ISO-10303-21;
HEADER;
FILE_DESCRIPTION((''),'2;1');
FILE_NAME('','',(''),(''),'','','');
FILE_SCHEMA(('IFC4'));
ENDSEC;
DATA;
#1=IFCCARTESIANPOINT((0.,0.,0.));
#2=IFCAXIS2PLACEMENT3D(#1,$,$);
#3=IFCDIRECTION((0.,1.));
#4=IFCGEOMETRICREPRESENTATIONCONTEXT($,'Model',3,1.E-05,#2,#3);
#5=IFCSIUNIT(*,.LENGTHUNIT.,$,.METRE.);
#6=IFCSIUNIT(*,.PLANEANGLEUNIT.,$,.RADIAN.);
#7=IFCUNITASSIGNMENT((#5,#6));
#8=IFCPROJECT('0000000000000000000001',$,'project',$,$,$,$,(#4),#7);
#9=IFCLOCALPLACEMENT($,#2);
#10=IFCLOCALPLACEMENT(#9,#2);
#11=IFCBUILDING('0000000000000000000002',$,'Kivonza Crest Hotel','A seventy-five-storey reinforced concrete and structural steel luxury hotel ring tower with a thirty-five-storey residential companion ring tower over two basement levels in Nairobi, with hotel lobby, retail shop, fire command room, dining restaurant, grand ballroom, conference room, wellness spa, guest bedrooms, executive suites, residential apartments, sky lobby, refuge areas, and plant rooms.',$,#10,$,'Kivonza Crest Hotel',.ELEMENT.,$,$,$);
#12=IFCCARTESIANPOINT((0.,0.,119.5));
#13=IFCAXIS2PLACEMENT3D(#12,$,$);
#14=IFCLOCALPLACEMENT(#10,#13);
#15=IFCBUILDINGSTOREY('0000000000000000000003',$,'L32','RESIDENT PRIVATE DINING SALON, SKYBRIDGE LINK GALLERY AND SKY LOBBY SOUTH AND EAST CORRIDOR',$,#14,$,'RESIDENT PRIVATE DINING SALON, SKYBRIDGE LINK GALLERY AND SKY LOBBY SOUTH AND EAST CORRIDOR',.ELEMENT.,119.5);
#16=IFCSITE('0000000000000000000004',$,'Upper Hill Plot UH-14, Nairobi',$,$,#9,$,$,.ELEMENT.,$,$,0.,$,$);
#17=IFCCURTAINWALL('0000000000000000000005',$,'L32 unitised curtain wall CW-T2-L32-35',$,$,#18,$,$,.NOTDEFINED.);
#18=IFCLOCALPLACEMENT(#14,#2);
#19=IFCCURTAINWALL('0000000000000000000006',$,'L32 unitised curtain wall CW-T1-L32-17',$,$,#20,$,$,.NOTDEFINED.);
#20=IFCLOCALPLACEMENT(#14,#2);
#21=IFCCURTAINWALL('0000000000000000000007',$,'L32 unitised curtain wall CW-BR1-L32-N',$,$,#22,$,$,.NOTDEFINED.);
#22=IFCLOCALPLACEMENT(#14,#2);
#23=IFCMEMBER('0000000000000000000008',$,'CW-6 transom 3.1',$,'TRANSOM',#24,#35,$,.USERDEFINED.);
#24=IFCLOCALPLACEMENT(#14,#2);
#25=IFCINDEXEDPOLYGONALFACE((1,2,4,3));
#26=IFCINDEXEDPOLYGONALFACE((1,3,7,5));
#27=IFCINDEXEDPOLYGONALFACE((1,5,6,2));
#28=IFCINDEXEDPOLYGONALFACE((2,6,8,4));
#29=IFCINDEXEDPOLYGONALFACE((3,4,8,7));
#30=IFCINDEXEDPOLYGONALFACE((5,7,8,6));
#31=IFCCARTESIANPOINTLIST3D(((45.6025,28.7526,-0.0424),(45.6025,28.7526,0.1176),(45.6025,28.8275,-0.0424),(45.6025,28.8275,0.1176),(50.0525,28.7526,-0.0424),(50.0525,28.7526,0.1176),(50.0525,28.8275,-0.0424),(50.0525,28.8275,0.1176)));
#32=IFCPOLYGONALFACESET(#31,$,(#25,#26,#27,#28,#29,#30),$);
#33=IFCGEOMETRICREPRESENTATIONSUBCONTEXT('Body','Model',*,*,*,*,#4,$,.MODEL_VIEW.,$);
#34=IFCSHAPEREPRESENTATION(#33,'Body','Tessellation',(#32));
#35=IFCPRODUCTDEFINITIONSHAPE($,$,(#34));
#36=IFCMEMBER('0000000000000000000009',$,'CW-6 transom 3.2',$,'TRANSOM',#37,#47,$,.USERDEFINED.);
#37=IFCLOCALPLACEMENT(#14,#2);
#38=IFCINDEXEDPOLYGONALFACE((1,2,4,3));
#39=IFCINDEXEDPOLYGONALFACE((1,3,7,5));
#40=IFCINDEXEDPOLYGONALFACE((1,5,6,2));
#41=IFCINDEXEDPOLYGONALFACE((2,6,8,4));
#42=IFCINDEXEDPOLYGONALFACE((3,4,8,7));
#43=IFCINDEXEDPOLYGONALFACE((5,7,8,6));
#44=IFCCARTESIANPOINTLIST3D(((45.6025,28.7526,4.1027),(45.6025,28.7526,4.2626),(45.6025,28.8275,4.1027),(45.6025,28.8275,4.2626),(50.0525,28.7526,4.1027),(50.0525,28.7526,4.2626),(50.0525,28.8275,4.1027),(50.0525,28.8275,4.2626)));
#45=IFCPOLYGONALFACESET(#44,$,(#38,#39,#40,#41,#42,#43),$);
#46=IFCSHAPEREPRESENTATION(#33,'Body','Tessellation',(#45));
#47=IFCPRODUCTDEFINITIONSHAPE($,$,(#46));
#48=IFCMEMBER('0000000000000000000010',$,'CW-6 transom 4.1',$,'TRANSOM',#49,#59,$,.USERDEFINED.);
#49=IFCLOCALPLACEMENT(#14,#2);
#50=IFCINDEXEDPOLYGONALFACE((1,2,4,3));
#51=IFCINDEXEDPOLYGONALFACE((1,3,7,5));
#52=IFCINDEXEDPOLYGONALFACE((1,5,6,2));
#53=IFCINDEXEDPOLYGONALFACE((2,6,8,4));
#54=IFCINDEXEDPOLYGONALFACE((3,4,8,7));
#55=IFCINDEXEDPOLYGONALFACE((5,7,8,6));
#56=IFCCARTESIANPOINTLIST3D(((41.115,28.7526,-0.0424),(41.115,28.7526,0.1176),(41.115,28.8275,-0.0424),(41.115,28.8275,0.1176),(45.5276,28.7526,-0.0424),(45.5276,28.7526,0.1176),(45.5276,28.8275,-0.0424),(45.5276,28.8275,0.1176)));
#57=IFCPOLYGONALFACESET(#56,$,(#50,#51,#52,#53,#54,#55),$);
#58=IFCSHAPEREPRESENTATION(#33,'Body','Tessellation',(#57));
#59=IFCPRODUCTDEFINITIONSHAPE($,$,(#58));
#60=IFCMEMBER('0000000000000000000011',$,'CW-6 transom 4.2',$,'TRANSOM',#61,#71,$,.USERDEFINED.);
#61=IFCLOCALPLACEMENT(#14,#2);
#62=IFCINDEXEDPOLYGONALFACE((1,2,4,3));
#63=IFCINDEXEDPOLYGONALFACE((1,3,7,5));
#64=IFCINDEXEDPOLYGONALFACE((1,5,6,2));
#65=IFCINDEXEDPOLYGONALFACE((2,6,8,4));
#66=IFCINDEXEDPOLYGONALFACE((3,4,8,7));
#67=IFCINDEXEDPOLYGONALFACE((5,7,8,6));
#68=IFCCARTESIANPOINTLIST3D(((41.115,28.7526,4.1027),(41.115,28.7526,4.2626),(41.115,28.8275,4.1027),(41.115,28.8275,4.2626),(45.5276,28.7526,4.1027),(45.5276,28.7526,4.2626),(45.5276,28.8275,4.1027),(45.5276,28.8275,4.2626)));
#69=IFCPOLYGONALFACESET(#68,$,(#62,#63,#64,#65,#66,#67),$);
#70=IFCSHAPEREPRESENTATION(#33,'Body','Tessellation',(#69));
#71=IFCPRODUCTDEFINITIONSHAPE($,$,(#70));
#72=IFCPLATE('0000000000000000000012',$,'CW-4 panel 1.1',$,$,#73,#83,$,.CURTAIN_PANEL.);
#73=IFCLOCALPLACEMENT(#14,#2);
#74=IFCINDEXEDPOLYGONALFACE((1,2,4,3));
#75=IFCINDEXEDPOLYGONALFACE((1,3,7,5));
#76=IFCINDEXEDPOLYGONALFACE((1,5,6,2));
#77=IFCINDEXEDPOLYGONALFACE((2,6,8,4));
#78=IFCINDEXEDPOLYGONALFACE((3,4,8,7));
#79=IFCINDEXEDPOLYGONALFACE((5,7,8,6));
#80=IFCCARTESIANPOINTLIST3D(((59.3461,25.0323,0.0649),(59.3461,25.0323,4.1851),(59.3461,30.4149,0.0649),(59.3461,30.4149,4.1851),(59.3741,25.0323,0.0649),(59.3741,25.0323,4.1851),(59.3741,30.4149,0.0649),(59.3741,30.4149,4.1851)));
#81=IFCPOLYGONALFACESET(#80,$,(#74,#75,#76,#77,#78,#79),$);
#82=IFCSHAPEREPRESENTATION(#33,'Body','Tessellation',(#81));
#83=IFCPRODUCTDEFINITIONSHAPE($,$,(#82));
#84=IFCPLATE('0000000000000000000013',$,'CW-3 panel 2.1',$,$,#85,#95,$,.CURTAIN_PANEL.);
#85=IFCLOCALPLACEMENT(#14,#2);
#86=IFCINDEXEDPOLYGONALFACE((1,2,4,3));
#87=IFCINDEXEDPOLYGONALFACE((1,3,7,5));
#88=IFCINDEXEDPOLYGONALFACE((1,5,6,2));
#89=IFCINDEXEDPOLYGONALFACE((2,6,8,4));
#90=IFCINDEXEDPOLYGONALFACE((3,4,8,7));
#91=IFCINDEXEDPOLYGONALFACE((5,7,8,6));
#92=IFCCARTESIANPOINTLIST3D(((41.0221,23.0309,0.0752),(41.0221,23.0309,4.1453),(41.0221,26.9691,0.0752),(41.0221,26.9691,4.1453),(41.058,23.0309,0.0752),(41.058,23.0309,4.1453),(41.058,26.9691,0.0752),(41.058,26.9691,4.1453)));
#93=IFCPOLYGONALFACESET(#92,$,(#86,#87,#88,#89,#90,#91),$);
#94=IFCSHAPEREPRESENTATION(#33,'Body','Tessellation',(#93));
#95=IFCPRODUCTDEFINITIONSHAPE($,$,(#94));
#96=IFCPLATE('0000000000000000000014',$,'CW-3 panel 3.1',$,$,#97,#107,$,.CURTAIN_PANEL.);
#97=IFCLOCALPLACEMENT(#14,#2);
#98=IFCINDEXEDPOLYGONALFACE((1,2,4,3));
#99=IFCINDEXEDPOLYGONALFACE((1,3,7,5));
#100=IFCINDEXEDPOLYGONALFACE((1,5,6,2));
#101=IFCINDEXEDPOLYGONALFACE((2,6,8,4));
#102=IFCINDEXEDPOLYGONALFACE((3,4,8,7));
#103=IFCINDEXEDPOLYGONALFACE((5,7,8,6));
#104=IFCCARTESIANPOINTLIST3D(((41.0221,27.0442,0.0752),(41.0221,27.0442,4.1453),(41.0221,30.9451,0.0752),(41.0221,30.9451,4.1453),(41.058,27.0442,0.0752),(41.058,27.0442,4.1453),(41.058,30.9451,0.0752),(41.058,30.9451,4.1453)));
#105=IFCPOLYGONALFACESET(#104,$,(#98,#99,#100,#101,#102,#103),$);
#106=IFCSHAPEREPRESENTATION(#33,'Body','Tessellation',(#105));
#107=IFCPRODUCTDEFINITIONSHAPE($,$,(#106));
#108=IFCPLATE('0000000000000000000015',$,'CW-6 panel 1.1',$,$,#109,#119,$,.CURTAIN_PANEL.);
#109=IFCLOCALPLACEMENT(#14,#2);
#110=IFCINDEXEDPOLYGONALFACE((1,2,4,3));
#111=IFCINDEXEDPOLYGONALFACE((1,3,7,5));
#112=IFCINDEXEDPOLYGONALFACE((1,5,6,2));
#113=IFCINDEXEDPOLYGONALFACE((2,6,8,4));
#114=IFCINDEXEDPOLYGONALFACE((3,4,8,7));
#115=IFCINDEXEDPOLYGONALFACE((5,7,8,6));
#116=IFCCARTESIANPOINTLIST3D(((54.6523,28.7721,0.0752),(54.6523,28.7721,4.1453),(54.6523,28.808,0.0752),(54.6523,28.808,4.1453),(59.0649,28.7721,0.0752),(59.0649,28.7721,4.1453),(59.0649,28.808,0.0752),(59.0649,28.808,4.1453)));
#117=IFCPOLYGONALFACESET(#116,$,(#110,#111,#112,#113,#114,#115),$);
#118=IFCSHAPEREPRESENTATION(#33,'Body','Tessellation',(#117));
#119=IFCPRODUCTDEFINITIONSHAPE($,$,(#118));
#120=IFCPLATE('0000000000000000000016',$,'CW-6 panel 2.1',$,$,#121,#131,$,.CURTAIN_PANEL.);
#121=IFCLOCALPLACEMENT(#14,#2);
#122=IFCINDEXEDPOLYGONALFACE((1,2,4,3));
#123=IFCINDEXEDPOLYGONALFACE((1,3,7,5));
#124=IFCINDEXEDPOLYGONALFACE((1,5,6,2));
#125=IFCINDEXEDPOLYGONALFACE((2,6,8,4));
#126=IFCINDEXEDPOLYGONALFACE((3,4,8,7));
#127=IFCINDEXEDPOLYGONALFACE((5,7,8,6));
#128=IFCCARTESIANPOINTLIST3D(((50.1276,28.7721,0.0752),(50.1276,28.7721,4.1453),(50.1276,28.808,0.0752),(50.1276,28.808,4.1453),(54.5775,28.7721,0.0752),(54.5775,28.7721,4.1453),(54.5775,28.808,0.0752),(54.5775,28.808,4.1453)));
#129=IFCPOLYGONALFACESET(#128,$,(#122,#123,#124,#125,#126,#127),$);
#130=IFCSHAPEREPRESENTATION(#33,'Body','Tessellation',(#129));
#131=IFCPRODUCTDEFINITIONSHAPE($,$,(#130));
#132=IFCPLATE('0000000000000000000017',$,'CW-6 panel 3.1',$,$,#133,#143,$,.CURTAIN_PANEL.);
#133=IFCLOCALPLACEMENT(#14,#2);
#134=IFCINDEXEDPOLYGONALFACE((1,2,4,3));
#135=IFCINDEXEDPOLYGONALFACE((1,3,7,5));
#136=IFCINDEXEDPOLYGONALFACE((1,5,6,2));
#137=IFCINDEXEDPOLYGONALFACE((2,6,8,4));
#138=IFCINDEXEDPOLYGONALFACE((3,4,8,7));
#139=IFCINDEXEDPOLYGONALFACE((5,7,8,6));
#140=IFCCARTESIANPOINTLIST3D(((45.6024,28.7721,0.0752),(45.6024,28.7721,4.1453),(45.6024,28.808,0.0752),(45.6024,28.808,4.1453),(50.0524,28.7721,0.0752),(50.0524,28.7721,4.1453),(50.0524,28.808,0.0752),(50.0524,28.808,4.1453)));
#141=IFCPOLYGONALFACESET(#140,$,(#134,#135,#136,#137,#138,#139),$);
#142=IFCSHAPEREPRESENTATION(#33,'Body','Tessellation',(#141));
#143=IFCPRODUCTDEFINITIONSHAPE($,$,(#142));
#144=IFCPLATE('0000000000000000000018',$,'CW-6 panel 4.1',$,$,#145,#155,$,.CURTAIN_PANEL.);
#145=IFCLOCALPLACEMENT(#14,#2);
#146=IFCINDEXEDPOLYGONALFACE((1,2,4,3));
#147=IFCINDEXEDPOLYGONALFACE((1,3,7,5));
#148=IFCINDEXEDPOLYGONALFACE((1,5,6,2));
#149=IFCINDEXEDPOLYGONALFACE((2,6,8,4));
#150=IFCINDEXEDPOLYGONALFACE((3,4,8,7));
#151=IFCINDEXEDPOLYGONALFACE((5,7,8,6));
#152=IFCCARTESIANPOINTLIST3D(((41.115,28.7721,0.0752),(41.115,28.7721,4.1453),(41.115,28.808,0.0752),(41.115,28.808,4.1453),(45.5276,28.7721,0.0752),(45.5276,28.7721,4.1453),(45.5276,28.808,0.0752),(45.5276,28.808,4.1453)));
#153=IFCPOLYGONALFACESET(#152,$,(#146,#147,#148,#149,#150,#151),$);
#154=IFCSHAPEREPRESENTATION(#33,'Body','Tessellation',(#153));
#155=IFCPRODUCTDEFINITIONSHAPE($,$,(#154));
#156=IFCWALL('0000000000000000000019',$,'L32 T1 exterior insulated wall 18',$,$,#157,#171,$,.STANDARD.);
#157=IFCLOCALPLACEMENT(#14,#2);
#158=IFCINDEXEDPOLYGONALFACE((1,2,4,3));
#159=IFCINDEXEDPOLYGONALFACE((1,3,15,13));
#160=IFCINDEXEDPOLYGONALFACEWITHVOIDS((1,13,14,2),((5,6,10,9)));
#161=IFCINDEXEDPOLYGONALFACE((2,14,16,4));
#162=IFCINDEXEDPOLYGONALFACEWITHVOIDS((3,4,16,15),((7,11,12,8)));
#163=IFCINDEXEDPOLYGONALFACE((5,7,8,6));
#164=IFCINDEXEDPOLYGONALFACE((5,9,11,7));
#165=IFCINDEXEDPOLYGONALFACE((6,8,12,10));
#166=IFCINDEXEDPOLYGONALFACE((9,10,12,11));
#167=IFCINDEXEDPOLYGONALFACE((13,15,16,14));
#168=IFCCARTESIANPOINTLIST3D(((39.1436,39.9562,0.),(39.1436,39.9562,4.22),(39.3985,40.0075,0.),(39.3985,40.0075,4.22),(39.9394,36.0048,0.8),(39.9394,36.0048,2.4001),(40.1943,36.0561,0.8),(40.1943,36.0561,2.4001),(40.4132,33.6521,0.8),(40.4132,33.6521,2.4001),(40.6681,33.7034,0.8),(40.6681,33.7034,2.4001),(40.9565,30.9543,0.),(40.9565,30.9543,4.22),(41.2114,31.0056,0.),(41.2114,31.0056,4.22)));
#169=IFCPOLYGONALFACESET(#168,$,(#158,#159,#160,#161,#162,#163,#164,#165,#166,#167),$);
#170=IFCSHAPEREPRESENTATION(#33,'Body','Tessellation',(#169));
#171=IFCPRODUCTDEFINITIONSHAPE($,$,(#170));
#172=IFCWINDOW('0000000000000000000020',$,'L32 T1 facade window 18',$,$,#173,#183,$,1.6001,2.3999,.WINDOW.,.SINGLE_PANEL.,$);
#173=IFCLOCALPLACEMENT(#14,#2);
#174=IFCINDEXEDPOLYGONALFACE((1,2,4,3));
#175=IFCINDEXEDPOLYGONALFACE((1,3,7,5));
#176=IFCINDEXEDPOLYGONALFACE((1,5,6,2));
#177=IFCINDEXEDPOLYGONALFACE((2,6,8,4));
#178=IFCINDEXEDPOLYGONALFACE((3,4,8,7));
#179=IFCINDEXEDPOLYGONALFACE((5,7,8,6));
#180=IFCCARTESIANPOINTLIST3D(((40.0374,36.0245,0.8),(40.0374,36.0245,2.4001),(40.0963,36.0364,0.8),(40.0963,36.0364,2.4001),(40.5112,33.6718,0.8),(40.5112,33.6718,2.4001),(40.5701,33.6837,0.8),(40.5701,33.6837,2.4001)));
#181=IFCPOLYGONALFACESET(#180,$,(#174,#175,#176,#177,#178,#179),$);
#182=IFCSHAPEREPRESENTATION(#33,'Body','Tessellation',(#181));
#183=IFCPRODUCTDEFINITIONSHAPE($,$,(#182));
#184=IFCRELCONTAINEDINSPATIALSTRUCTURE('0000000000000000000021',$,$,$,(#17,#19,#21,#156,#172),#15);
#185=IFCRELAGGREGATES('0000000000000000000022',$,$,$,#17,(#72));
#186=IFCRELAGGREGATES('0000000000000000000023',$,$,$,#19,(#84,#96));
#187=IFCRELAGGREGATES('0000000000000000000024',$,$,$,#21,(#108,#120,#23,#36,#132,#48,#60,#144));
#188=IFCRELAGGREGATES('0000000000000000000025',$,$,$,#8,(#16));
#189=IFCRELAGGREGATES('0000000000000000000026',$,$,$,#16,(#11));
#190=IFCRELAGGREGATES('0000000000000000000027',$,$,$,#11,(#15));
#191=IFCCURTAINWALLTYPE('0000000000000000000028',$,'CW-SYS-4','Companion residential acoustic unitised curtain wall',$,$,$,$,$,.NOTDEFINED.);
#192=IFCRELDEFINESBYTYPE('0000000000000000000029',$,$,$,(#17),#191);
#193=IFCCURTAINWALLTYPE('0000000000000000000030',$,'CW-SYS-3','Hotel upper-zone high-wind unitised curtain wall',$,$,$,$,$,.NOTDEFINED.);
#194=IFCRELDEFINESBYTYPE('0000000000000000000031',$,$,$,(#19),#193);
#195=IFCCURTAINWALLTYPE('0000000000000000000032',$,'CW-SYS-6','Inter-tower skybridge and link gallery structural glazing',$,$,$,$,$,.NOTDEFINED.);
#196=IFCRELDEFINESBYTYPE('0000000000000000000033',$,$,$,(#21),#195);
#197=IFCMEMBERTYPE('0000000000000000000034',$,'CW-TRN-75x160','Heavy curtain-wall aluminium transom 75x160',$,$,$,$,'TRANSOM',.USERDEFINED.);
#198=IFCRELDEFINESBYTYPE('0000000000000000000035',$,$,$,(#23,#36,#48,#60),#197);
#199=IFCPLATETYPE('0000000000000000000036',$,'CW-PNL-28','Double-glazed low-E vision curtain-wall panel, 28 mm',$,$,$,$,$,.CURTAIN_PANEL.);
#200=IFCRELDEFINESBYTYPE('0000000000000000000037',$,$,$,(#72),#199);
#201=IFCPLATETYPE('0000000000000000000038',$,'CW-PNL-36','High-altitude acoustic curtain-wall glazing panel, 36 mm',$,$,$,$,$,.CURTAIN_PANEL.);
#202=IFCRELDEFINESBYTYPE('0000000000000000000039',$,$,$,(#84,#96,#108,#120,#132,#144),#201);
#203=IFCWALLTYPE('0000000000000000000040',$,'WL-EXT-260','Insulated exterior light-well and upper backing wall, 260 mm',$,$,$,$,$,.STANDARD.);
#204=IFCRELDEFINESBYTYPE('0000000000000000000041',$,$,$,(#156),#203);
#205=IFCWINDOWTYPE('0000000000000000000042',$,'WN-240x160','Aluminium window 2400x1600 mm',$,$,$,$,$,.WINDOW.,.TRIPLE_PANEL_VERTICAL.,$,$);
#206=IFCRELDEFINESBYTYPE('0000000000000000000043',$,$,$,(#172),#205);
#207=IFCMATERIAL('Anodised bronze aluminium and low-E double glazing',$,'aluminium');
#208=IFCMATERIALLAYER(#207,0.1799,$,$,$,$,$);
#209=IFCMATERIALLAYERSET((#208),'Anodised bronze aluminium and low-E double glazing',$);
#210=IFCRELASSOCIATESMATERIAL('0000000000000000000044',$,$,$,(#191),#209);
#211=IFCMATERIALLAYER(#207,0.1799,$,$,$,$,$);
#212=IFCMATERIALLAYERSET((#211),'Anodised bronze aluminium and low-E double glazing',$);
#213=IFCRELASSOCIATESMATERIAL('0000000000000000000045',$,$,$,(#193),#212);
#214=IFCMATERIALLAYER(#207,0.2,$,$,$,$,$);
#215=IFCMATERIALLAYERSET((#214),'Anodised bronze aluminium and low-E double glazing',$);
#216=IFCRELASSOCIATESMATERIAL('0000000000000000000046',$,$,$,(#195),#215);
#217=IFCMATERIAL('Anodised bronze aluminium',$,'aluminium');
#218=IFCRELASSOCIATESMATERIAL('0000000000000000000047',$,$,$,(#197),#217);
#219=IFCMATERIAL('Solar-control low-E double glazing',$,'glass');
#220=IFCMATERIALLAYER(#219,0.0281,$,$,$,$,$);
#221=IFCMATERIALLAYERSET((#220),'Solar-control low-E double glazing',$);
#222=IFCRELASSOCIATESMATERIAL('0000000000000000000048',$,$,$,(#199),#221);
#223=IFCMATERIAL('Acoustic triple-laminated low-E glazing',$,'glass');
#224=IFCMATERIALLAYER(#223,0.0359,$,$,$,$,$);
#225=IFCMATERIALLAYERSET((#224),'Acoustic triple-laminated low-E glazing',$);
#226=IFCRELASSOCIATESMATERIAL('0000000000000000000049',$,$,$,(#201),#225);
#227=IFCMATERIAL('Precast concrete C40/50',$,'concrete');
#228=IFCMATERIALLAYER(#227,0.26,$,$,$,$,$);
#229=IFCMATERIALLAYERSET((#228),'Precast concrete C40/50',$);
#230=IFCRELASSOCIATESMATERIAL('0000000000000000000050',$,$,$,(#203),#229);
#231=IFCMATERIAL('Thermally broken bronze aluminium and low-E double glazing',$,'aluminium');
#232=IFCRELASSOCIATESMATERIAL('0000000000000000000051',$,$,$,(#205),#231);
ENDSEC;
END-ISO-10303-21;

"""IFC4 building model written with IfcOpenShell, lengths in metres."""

from ifc_helpers import new_model, si_unit, direction, frame, frame_2d, origin, origin_2d, place, context, subcontext, project, spatial, rectangle, extrude, material, layer, layer_set, material_profile, profile_set, type_object, element, fill, aggregate, save


model = new_model("IFC4")

# Units and contexts
model_context = context("Model", 3, precision=1e-05, world=origin(), true_north=direction((0.0, 1.0)))
body_context = subcontext(model_context, "Body", "Model", "MODEL_VIEW")
ifc_project = project(units=[si_unit("LENGTHUNIT", "METRE"), si_unit("PLANEANGLEUNIT", "RADIAN")], contexts=[model_context])

# Site, building, storey
site_placement = place(None, origin())
site = spatial("IfcSite", under=ifc_project, at=site_placement, Name="Upper Hill Plot UH-14, Nairobi", CompositionType="ELEMENT", RefElevation=0.0)
building_placement = place(site_placement, origin())
building = spatial("IfcBuilding", under=site, at=building_placement, Name="Kivonza Crest Hotel", Description="A seventy-five-storey reinforced concrete and structural steel luxury hotel ring tower with a thirty-five-storey residential companion ring tower over two basement levels in Nairobi, with hotel lobby, retail shop, fire command room, dining restaurant, grand ballroom, conference room, wellness spa, guest bedrooms, executive suites, residential apartments, sky lobby, refuge areas, and plant rooms.", LongName="Kivonza Crest Hotel", CompositionType="ELEMENT")
storey_placement = place(building_placement, frame((0.0, 0.0, 119.5)))
storey = spatial("IfcBuildingStorey", under=building, at=storey_placement, Name="L32", Description="RESIDENT PRIVATE DINING SALON, SKYBRIDGE LINK GALLERY AND SKY LOBBY SOUTH AND EAST CORRIDOR", LongName="RESIDENT PRIVATE DINING SALON, SKYBRIDGE LINK GALLERY AND SKY LOBBY SOUTH AND EAST CORRIDOR", CompositionType="ELEMENT", Elevation=119.5)

# Curtain wall
ifc_material_1 = material(Name="Anodised bronze aluminium and low-E double glazing", Category="aluminium")
ifc_layer_1 = layer(ifc_material_1, 0.1799)
ifc_layer_set_1 = layer_set([ifc_layer_1], Name="Anodised bronze aluminium and low-E double glazing")
curtain_wall_type_1 = type_object("IfcCurtainWallType", Name="CW-SYS-4", Description="Companion residential acoustic unitised curtain wall", PredefinedType="NOTDEFINED", material=ifc_layer_set_1)
curtain_wall_1_placement = place(storey_placement, origin())
curtain_wall_1 = element("IfcCurtainWall", 1, at=curtain_wall_1_placement, inside=storey, type_object=curtain_wall_type_1, Name="L32 unitised curtain wall CW-T2-L32-35", PredefinedType="NOTDEFINED")
ifc_material_2 = material(Name="Anodised bronze aluminium", Category="aluminium")

# Curtain walls
ifc_layer_2 = layer(ifc_material_1, 0.1799)
ifc_layer_set_2 = layer_set([ifc_layer_2], Name="Anodised bronze aluminium and low-E double glazing")
curtain_wall_type_2 = type_object("IfcCurtainWallType", Name="CW-SYS-3", Description="Hotel upper-zone high-wind unitised curtain wall", PredefinedType="NOTDEFINED", material=ifc_layer_set_2)
curtain_wall_2_placement = place(storey_placement, origin())
curtain_wall_2 = element("IfcCurtainWall", 2, at=curtain_wall_2_placement, inside=storey, type_object=curtain_wall_type_2, Name="L32 unitised curtain wall CW-T1-L32-17", PredefinedType="NOTDEFINED")
ifc_layer_3 = layer(ifc_material_1, 0.2)
ifc_layer_set_3 = layer_set([ifc_layer_3], Name="Anodised bronze aluminium and low-E double glazing")
curtain_wall_type_3 = type_object("IfcCurtainWallType", Name="CW-SYS-6", Description="Inter-tower skybridge and link gallery structural glazing", PredefinedType="NOTDEFINED", material=ifc_layer_set_3)
curtain_wall_3_placement = place(storey_placement, origin())
curtain_wall_3 = element("IfcCurtainWall", 3, at=curtain_wall_3_placement, inside=storey, type_object=curtain_wall_type_3, Name="L32 unitised curtain wall CW-BR1-L32-N", PredefinedType="NOTDEFINED")

# Members
ifc_material_profile_1 = material_profile(ifc_material_2, rectangle(XDim=0.075, YDim=0.1599, at=origin_2d()), Name="CW-T 75x160")
ifc_profile_set_1 = profile_set([ifc_material_profile_1], Name="Anodised bronze aluminium")
member_type_1 = type_object("IfcMemberType", Name="CW-TRN-75x160", Description="Heavy curtain-wall aluminium transom 75x160", ElementType="TRANSOM", PredefinedType="USERDEFINED", material=ifc_profile_set_1)
member_1_placement = place(storey_placement, frame((50.0525, 28.79, 0.0376), z_axis=(-1.0, 0.0, 0.0), x_axis=(0.0, -1.0, 0.0)))
member_1 = element("IfcMember", 4, at=member_1_placement, type_object=member_type_1, Name="CW-6 transom 3.1", ObjectType="TRANSOM", PredefinedType="USERDEFINED", context=body_context, shape_type="SweptSolid", body=[
    extrude(rectangle(XDim=0.075, YDim=0.1599, at=origin_2d()), origin(), (0.0, 0.0, 1.0), 4.45),
])
member_2_placement = place(storey_placement, frame((50.0525, 28.79, 4.1826), z_axis=(-1.0, 0.0, 0.0), x_axis=(0.0, -1.0, 0.0)))
member_2 = element("IfcMember", 5, at=member_2_placement, type_object=member_type_1, Name="CW-6 transom 3.2", ObjectType="TRANSOM", PredefinedType="USERDEFINED", context=body_context, shape_type="SweptSolid", body=[
    extrude(rectangle(XDim=0.075, YDim=0.1599, at=origin_2d()), origin(), (0.0, 0.0, 1.0), 4.45),
])
member_3_placement = place(storey_placement, frame((45.5276, 28.79, 0.0376), z_axis=(-1.0, 0.0, 0.0), x_axis=(0.0, -1.0, 0.0)))
member_3 = element("IfcMember", 6, at=member_3_placement, type_object=member_type_1, Name="CW-6 transom 4.1", ObjectType="TRANSOM", PredefinedType="USERDEFINED", context=body_context, shape_type="SweptSolid", body=[
    extrude(rectangle(XDim=0.075, YDim=0.1599, at=origin_2d()), origin(), (0.0, 0.0, 1.0), 4.4126),
])
member_4_placement = place(storey_placement, frame((45.5276, 28.79, 4.1826), z_axis=(-1.0, 0.0, 0.0), x_axis=(0.0, -1.0, 0.0)))
member_4 = element("IfcMember", 7, at=member_4_placement, type_object=member_type_1, Name="CW-6 transom 4.2", ObjectType="TRANSOM", PredefinedType="USERDEFINED", context=body_context, shape_type="SweptSolid", body=[
    extrude(rectangle(XDim=0.075, YDim=0.1599, at=origin_2d()), origin(), (0.0, 0.0, 1.0), 4.4126),
])

# Plates
ifc_material_3 = material(Name="Solar-control low-E double glazing", Category="glass")
ifc_layer_4 = layer(ifc_material_3, 0.0281)
ifc_layer_set_4 = layer_set([ifc_layer_4], Name="Solar-control low-E double glazing")
plate_type_1 = type_object("IfcPlateType", Name="CW-PNL-28", Description="Double-glazed low-E vision curtain-wall panel, 28 mm", PredefinedType="CURTAIN_PANEL", material=ifc_layer_set_4)
plate_1_placement = place(storey_placement, frame((59.3601, 27.7236, 0.0649), z_axis=(0.0, 0.0, 1.0), x_axis=(0.0, -1.0, 0.0)))
plate_1 = element("IfcPlate", 8, at=plate_1_placement, type_object=plate_type_1, Name="CW-4 panel 1.1", PredefinedType="CURTAIN_PANEL", context=body_context, shape_type="SweptSolid", body=[
    extrude(rectangle(XDim=5.3826, YDim=0.0281, at=origin_2d()), origin(), (0.0, 0.0, 1.0), 4.1201),
])
aggregate(curtain_wall_1, [plate_1])
ifc_material_4 = material(Name="Acoustic triple-laminated low-E glazing", Category="glass")
ifc_layer_5 = layer(ifc_material_4, 0.0359)
ifc_layer_set_5 = layer_set([ifc_layer_5], Name="Acoustic triple-laminated low-E glazing")
plate_type_2 = type_object("IfcPlateType", Name="CW-PNL-36", Description="High-altitude acoustic curtain-wall glazing panel, 36 mm", PredefinedType="CURTAIN_PANEL", material=ifc_layer_set_5)
plate_2_placement = place(storey_placement, frame((41.04, 25.0, 0.0752), z_axis=(0.0, 0.0, 1.0), x_axis=(0.0, 1.0, 0.0)))
plate_2 = element("IfcPlate", 9, at=plate_2_placement, type_object=plate_type_2, Name="CW-3 panel 2.1", PredefinedType="CURTAIN_PANEL", context=body_context, shape_type="SweptSolid", body=[
    extrude(rectangle(XDim=3.9382, YDim=0.0359, at=origin_2d()), origin(), (0.0, 0.0, 1.0), 4.0701),
])
plate_3_placement = place(storey_placement, frame((41.04, 28.9946, 0.0752), z_axis=(0.0, 0.0, 1.0), x_axis=(0.0, 1.0, 0.0)))
plate_3 = element("IfcPlate", 10, at=plate_3_placement, type_object=plate_type_2, Name="CW-3 panel 3.1", PredefinedType="CURTAIN_PANEL", context=body_context, shape_type="SweptSolid", body=[
    extrude(rectangle(XDim=3.9009, YDim=0.0359, at=origin_2d()), origin(), (0.0, 0.0, 1.0), 4.0701),
])
aggregate(curtain_wall_2, [plate_2, plate_3])
plate_4_placement = place(storey_placement, frame((56.8586, 28.79, 0.0752), z_axis=(0.0, 0.0, 1.0), x_axis=(-1.0, 0.0, 0.0)))
plate_4 = element("IfcPlate", 11, at=plate_4_placement, type_object=plate_type_2, Name="CW-6 panel 1.1", PredefinedType="CURTAIN_PANEL", context=body_context, shape_type="SweptSolid", body=[
    extrude(rectangle(XDim=4.4126, YDim=0.0359, at=origin_2d()), origin(), (0.0, 0.0, 1.0), 4.0701),
])
plate_5_placement = place(storey_placement, frame((52.3525, 28.79, 0.0752), z_axis=(0.0, 0.0, 1.0), x_axis=(-1.0, 0.0, 0.0)))
plate_5 = element("IfcPlate", 12, at=plate_5_placement, type_object=plate_type_2, Name="CW-6 panel 2.1", PredefinedType="CURTAIN_PANEL", context=body_context, shape_type="SweptSolid", body=[
    extrude(rectangle(XDim=4.45, YDim=0.0359, at=origin_2d()), origin(), (0.0, 0.0, 1.0), 4.0701),
])
plate_6_placement = place(storey_placement, frame((47.8274, 28.79, 0.0752), z_axis=(0.0, 0.0, 1.0), x_axis=(-1.0, 0.0, 0.0)))
plate_6 = element("IfcPlate", 13, at=plate_6_placement, type_object=plate_type_2, Name="CW-6 panel 3.1", PredefinedType="CURTAIN_PANEL", context=body_context, shape_type="SweptSolid", body=[
    extrude(rectangle(XDim=4.45, YDim=0.0359, at=origin_2d()), origin(), (0.0, 0.0, 1.0), 4.0701),
])
plate_7_placement = place(storey_placement, frame((43.3213, 28.79, 0.0752), z_axis=(0.0, 0.0, 1.0), x_axis=(-1.0, 0.0, 0.0)))
plate_7 = element("IfcPlate", 14, at=plate_7_placement, type_object=plate_type_2, Name="CW-6 panel 4.1", PredefinedType="CURTAIN_PANEL", context=body_context, shape_type="SweptSolid", body=[
    extrude(rectangle(XDim=4.4126, YDim=0.0359, at=origin_2d()), origin(), (0.0, 0.0, 1.0), 4.0701),
])
aggregate(curtain_wall_3, [plate_4, plate_5, member_1, member_2, plate_6, member_3, member_4, plate_7])

# Wall, opening, window
ifc_material_5 = material(Name="Precast concrete C40/50", Category="concrete")
ifc_layer_6 = layer(ifc_material_5, 0.26)
ifc_layer_set_6 = layer_set([ifc_layer_6], Name="Precast concrete C40/50")
wall_type = type_object("IfcWallType", Name="WL-EXT-260", Description="Insulated exterior light-well and upper backing wall, 260 mm", PredefinedType="STANDARD", material=ifc_layer_set_6)
wall_placement = place(storey_placement, frame((41.084, 30.98, 0.0), z_axis=(0.0, 0.0, 1.0), x_axis=(-0.197435, 0.980316, 0.0)))
wall = element("IfcWall", 15, at=wall_placement, inside=storey, type_object=wall_type, Name="L32 T1 exterior insulated wall 18", PredefinedType="STANDARD", context=body_context, shape_type="SweptSolid", body=[
    extrude(rectangle(XDim=9.1826, YDim=0.26, at=frame_2d((4.5913, 0.0))), origin(), (0.0, 0.0, 1.0), 4.22),
])
opening_placement = place(wall_placement, frame((2.752, 0.0, 0.8)))
opening = element("IfcOpeningElement", 16, at=opening_placement, cuts=wall, PredefinedType="OPENING", context=body_context, shape_type="SweptSolid", body=[
    extrude(rectangle(XDim=2.3999, YDim=1.6001, at=frame_2d((1.2, 0.8))), frame((0.0, 0.1401, 0.0), z_axis=(0.0, -1.0, 0.0), x_axis=(1.0, 0.0, 0.0)), (0.0, 0.0, 1.0), 0.28),
])
ifc_material_6 = material(Name="Thermally broken bronze aluminium and low-E double glazing", Category="aluminium")
window_type = type_object("IfcWindowType", Name="WN-240x160", Description="Aluminium window 2400x1600 mm", PartitioningType="TRIPLE_PANEL_VERTICAL", PredefinedType="WINDOW", material=ifc_material_6)
window_placement = place(opening_placement, origin())
window = element("IfcWindow", 17, at=window_placement, inside=storey, type_object=window_type, Name="L32 T1 facade window 18", OverallHeight=1.6001, OverallWidth=2.3999, PartitioningType="SINGLE_PANEL", PredefinedType="WINDOW", context=body_context, shape_type="SweptSolid", body=[
    extrude(rectangle(XDim=2.3999, YDim=1.6001, at=frame_2d((1.2, 0.8))), frame((0.0, 0.03, 0.0), z_axis=(0.0, -1.0, 0.0), x_axis=(1.0, 0.0, 0.0)), (0.0, 0.0, 1.0), 0.0601),
])
fill(opening, window)

save(model, "model.ifc")
